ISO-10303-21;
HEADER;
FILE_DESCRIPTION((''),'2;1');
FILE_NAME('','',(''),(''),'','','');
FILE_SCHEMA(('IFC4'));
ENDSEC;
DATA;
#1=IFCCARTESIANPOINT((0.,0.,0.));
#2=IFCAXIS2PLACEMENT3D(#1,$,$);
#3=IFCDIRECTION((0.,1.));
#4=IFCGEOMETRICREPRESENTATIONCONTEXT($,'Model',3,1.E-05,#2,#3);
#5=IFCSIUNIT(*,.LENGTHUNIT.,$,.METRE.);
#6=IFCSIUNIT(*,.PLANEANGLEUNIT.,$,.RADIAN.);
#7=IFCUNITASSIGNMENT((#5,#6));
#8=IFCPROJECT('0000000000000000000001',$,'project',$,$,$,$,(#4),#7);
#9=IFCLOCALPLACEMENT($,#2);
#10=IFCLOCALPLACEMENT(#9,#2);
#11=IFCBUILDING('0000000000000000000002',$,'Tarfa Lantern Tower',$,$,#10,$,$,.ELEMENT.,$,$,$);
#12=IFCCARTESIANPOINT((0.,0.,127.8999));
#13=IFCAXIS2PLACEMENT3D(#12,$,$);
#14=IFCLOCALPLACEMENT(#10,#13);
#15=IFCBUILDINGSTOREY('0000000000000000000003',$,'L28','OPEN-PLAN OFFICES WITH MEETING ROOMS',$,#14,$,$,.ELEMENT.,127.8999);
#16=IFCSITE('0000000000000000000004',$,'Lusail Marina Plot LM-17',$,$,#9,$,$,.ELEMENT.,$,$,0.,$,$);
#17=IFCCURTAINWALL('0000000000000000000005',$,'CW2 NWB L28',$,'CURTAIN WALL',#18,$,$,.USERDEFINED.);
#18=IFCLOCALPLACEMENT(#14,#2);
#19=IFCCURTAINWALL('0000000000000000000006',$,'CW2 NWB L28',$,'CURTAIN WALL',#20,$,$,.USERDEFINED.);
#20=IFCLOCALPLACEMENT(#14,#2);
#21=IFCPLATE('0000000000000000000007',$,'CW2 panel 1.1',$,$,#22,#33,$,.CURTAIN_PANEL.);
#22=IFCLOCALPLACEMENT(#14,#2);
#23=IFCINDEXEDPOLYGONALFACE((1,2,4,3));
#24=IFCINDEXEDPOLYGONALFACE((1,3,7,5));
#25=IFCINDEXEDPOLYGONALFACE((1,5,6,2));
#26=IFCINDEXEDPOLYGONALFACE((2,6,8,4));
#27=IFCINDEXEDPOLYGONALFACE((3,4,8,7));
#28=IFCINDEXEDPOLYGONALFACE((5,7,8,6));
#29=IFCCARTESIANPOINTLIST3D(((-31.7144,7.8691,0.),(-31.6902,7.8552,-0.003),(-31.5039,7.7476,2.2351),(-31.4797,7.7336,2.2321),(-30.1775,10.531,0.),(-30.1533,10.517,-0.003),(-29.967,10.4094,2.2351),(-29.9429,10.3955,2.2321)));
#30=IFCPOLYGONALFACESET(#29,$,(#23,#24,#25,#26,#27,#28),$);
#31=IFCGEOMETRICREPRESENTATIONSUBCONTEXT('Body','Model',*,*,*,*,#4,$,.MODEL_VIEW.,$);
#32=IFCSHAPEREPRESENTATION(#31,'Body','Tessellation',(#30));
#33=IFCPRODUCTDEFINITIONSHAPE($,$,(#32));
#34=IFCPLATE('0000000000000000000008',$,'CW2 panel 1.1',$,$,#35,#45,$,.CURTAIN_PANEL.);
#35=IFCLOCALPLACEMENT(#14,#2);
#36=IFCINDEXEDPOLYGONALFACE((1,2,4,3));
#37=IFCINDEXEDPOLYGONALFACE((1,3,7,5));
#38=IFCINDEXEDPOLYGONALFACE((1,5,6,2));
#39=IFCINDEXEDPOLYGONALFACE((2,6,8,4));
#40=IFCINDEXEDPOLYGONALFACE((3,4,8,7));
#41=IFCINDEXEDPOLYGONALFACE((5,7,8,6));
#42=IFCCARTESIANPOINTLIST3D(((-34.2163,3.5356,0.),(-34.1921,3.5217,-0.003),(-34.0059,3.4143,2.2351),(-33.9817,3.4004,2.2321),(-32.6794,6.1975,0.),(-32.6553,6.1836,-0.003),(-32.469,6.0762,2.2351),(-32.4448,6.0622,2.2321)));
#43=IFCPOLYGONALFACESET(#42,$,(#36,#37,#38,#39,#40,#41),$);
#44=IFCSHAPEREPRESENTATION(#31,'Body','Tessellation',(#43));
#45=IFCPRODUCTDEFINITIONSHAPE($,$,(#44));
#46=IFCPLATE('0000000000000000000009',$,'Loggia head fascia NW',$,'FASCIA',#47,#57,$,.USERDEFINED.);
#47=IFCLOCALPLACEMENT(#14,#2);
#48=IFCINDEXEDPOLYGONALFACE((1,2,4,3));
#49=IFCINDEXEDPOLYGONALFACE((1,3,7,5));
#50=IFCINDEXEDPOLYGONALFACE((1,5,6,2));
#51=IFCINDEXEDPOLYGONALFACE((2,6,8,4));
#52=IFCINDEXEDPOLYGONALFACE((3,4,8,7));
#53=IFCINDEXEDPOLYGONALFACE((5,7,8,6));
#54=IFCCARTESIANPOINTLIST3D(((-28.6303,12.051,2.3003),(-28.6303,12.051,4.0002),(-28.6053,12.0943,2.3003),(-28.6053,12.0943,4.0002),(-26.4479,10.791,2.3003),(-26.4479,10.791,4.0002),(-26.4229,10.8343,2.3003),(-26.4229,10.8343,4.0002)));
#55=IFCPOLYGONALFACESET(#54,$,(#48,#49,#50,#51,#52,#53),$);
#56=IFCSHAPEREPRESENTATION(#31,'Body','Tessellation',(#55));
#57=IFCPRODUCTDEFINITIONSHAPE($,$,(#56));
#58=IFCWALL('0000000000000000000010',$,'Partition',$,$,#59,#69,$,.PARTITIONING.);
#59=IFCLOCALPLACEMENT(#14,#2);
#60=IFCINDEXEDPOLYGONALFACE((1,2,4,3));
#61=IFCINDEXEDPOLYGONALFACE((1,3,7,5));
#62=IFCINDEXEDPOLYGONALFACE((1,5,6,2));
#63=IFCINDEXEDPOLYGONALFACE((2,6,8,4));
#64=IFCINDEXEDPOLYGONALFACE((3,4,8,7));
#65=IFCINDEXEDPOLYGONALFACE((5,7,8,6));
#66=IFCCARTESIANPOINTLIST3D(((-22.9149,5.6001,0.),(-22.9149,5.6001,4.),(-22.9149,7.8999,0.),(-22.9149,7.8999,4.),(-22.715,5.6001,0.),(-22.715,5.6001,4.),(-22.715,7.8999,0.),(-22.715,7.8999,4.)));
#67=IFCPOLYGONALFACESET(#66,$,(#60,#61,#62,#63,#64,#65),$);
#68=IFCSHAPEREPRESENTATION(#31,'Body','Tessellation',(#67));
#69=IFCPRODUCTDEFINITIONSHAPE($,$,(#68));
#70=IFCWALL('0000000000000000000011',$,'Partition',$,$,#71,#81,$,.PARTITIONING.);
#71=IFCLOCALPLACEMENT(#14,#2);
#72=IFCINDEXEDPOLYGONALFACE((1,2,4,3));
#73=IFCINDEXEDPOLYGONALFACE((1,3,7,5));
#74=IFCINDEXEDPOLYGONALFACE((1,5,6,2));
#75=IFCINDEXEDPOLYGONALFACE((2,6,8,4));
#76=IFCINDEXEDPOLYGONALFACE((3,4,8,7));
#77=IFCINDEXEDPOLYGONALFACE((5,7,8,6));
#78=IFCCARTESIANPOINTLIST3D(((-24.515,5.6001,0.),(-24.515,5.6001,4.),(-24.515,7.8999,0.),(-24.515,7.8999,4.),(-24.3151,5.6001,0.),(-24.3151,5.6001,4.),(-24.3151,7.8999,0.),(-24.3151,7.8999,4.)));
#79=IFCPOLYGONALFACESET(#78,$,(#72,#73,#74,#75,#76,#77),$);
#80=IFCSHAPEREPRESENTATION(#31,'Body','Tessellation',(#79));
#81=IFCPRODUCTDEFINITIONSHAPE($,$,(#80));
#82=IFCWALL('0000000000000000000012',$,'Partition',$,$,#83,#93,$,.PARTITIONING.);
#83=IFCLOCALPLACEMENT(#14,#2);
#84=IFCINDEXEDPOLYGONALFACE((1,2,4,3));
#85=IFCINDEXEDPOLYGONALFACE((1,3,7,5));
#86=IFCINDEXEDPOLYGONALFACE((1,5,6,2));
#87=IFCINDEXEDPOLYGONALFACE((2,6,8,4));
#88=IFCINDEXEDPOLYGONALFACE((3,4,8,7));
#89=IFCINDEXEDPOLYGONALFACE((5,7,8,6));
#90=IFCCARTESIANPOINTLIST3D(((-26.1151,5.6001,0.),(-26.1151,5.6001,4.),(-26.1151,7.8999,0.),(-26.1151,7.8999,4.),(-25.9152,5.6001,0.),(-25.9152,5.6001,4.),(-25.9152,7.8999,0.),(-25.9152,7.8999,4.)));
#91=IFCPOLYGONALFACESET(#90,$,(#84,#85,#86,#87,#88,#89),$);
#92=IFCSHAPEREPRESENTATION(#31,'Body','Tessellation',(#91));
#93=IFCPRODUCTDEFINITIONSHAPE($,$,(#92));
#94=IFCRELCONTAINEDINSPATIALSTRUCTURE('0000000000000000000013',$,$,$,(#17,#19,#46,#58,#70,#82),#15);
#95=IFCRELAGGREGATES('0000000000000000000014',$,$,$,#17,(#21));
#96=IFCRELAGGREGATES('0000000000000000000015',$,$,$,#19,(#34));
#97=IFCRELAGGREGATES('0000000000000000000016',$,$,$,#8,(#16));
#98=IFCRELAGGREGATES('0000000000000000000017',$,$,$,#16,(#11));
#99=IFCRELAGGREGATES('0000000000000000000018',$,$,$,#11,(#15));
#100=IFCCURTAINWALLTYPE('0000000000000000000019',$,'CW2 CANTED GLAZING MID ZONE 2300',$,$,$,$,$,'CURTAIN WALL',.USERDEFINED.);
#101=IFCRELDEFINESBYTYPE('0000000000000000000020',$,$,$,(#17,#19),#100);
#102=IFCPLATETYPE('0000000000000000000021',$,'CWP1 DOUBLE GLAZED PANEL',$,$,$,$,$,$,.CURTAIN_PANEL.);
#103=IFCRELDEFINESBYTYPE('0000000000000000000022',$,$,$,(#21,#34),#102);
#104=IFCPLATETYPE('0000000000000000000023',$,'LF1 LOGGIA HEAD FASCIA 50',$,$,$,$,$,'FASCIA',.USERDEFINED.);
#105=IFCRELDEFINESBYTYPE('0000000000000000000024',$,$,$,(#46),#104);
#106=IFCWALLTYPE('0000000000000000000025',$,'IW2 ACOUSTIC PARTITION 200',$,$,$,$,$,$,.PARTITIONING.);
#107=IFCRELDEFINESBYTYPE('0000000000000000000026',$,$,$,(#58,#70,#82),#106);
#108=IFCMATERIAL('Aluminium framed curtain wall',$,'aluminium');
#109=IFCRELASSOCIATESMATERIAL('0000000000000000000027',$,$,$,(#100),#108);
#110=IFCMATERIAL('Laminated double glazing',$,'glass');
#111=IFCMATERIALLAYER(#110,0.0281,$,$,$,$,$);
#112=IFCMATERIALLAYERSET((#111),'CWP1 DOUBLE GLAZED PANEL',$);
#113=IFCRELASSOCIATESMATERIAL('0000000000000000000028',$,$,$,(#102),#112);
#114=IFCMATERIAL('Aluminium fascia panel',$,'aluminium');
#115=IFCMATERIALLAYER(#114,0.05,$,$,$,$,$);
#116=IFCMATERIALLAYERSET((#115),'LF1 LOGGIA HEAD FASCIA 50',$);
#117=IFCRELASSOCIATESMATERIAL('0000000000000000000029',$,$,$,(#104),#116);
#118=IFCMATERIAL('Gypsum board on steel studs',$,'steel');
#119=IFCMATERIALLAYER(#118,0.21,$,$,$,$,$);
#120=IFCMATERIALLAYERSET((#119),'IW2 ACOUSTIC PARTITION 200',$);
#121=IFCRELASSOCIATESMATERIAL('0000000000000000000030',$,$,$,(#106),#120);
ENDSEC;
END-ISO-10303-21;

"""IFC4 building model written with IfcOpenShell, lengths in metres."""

from ifc_helpers import new_model, si_unit, direction, frame, frame_2d, origin, origin_2d, place, context, subcontext, project, spatial, polyline, rectangle, outline, extrude, material, layer, layer_set, type_object, element, aggregate, save


model = new_model("IFC4")

# Units and contexts
model_context = context("Model", 3, precision=1e-05, world=origin(), true_north=direction((0.0, 1.0)))
body_context = subcontext(model_context, "Body", "Model", "MODEL_VIEW")
ifc_project = project(units=[si_unit("LENGTHUNIT", "METRE"), si_unit("PLANEANGLEUNIT", "RADIAN")], contexts=[model_context])

# Site, building, storey
site_placement = place(None, origin())
site = spatial("IfcSite", under=ifc_project, at=site_placement, Name="Lusail Marina Plot LM-17", CompositionType="ELEMENT", RefElevation=0.0)
building_placement = place(site_placement, origin())
building = spatial("IfcBuilding", under=site, at=building_placement, Name="Tarfa Lantern Tower", CompositionType="ELEMENT")
storey_placement = place(building_placement, frame((0.0, 0.0, 127.8999)))
storey = spatial("IfcBuildingStorey", under=building, at=storey_placement, Name="L28", Description="OPEN-PLAN OFFICES WITH MEETING ROOMS", CompositionType="ELEMENT", Elevation=127.8999)

# Curtain walls
ifc_material_1 = material(Name="Aluminium framed curtain wall", Category="aluminium")
curtain_wall_type_1 = type_object("IfcCurtainWallType", Name="CW2 CANTED GLAZING MID ZONE 2300", ElementType="CURTAIN WALL", PredefinedType="USERDEFINED", material=ifc_material_1)
curtain_wall_1_placement = place(storey_placement, origin())
curtain_wall_1 = element("IfcCurtainWall", 1, at=curtain_wall_1_placement, inside=storey, type_object=curtain_wall_type_1, Name="CW2 NWB L28", ObjectType="CURTAIN WALL", PredefinedType="USERDEFINED")
curtain_wall_2_placement = place(storey_placement, origin())
curtain_wall_2 = element("IfcCurtainWall", 2, at=curtain_wall_2_placement, inside=storey, type_object=curtain_wall_type_1, Name="CW2 NWB L28", ObjectType="CURTAIN WALL", PredefinedType="USERDEFINED")

# Plates
ifc_material_2 = material(Name="Laminated double glazing", Category="glass")
ifc_layer_1 = layer(ifc_material_2, 0.0281)
ifc_layer_set_1 = layer_set([ifc_layer_1], Name="CWP1 DOUBLE GLAZED PANEL")
plate_type_1 = type_object("IfcPlateType", Name="CWP1 DOUBLE GLAZED PANEL", PredefinedType="CURTAIN_PANEL", material=ifc_layer_set_1)
plate_1_placement = place(storey_placement, frame((-30.1775, 10.531, 0.0), z_axis=(-0.860945, 0.497079, 0.108103), x_axis=(-0.500009, -0.86602, 0.0)))
plate_1 = element("IfcPlate", 3, at=plate_1_placement, type_object=plate_type_1, Name="CW2 panel 1.1", PredefinedType="CURTAIN_PANEL", context=body_context, shape_type="SweptSolid", body=[
    extrude(outline(polyline([(0.0, 0.0), (3.0737, 0.0), (3.0737, 2.2483), (0.0001, 2.2483), (0.0, 0.0)])), origin(), (0.0, 0.0, -1.0), 0.0281),
])
aggregate(curtain_wall_1, [plate_1])
plate_2_placement = place(storey_placement, frame((-32.6794, 6.1975, 0.0), z_axis=(-0.86095, 0.497082, 0.108049), x_axis=(-0.500009, -0.86602, 0.0)))
plate_2 = element("IfcPlate", 4, at=plate_2_placement, type_object=plate_type_1, Name="CW2 panel 1.1", PredefinedType="CURTAIN_PANEL", context=body_context, shape_type="SweptSolid", body=[
    extrude(outline(polyline([(0.0, 0.0), (3.0737, 0.0), (3.0735, 2.2483), (-0.0001, 2.2483), (0.0, 0.0)])), origin(), (0.0, 0.0, -1.0), 0.0281),
])
aggregate(curtain_wall_2, [plate_2])
ifc_material_3 = material(Name="Aluminium fascia panel", Category="aluminium")
ifc_layer_2 = layer(ifc_material_3, 0.05)
ifc_layer_set_2 = layer_set([ifc_layer_2], Name="LF1 LOGGIA HEAD FASCIA 50")
plate_type_2 = type_object("IfcPlateType", Name="LF1 LOGGIA HEAD FASCIA 50", ElementType="FASCIA", PredefinedType="USERDEFINED", material=ifc_layer_set_2)
plate_3_placement = place(storey_placement, frame((-27.5266, 11.4426, 2.3003), z_axis=(0.0, 0.0, 1.0), x_axis=(0.866025, -0.5, 0.0)))
element("IfcPlate", 5, at=plate_3_placement, inside=storey, type_object=plate_type_2, Name="Loggia head fascia NW", ObjectType="FASCIA", PredefinedType="USERDEFINED", context=body_context, shape_type="SweptSolid", body=[
    extrude(rectangle(XDim=2.52, YDim=0.05, at=origin_2d()), origin(), (0.0, 0.0, 1.0), 1.7),
])

# Walls
ifc_material_4 = material(Name="Gypsum board on steel studs", Category="steel")
ifc_layer_3 = layer(ifc_material_4, 0.21)
ifc_layer_set_3 = layer_set([ifc_layer_3], Name="IW2 ACOUSTIC PARTITION 200")
wall_type = type_object("IfcWallType", Name="IW2 ACOUSTIC PARTITION 200", PredefinedType="PARTITIONING", material=ifc_layer_set_3)
for number, where, z_axis, x_axis, name in (
    (6, (-22.8149, 7.8999, 0.0), (0.0, 0.0, 1.0), (0.0, -1.0, 0.0), "Partition"),
    (7, (-24.415, 7.8999, 0.0), (0.0, 0.0, 1.0), (0.0, -1.0, 0.0), "Partition"),
    (8, (-26.0151, 7.8999, 0.0), (0.0, 0.0, 1.0), (0.0, -1.0, 0.0), "Partition"),
):
    element("IfcWall", number, at=place(storey_placement, frame(where, z_axis=z_axis, x_axis=x_axis)), inside=storey, type_object=wall_type, Name=name, PredefinedType="PARTITIONING", context=body_context, shape_type="SweptSolid", body=[
        extrude(rectangle(XDim=2.2998, YDim=0.2, at=frame_2d((1.1499, 0.0))), origin(), (0.0, 0.0, 1.0), 4.0),
    ])

save(model, "model.ifc")
